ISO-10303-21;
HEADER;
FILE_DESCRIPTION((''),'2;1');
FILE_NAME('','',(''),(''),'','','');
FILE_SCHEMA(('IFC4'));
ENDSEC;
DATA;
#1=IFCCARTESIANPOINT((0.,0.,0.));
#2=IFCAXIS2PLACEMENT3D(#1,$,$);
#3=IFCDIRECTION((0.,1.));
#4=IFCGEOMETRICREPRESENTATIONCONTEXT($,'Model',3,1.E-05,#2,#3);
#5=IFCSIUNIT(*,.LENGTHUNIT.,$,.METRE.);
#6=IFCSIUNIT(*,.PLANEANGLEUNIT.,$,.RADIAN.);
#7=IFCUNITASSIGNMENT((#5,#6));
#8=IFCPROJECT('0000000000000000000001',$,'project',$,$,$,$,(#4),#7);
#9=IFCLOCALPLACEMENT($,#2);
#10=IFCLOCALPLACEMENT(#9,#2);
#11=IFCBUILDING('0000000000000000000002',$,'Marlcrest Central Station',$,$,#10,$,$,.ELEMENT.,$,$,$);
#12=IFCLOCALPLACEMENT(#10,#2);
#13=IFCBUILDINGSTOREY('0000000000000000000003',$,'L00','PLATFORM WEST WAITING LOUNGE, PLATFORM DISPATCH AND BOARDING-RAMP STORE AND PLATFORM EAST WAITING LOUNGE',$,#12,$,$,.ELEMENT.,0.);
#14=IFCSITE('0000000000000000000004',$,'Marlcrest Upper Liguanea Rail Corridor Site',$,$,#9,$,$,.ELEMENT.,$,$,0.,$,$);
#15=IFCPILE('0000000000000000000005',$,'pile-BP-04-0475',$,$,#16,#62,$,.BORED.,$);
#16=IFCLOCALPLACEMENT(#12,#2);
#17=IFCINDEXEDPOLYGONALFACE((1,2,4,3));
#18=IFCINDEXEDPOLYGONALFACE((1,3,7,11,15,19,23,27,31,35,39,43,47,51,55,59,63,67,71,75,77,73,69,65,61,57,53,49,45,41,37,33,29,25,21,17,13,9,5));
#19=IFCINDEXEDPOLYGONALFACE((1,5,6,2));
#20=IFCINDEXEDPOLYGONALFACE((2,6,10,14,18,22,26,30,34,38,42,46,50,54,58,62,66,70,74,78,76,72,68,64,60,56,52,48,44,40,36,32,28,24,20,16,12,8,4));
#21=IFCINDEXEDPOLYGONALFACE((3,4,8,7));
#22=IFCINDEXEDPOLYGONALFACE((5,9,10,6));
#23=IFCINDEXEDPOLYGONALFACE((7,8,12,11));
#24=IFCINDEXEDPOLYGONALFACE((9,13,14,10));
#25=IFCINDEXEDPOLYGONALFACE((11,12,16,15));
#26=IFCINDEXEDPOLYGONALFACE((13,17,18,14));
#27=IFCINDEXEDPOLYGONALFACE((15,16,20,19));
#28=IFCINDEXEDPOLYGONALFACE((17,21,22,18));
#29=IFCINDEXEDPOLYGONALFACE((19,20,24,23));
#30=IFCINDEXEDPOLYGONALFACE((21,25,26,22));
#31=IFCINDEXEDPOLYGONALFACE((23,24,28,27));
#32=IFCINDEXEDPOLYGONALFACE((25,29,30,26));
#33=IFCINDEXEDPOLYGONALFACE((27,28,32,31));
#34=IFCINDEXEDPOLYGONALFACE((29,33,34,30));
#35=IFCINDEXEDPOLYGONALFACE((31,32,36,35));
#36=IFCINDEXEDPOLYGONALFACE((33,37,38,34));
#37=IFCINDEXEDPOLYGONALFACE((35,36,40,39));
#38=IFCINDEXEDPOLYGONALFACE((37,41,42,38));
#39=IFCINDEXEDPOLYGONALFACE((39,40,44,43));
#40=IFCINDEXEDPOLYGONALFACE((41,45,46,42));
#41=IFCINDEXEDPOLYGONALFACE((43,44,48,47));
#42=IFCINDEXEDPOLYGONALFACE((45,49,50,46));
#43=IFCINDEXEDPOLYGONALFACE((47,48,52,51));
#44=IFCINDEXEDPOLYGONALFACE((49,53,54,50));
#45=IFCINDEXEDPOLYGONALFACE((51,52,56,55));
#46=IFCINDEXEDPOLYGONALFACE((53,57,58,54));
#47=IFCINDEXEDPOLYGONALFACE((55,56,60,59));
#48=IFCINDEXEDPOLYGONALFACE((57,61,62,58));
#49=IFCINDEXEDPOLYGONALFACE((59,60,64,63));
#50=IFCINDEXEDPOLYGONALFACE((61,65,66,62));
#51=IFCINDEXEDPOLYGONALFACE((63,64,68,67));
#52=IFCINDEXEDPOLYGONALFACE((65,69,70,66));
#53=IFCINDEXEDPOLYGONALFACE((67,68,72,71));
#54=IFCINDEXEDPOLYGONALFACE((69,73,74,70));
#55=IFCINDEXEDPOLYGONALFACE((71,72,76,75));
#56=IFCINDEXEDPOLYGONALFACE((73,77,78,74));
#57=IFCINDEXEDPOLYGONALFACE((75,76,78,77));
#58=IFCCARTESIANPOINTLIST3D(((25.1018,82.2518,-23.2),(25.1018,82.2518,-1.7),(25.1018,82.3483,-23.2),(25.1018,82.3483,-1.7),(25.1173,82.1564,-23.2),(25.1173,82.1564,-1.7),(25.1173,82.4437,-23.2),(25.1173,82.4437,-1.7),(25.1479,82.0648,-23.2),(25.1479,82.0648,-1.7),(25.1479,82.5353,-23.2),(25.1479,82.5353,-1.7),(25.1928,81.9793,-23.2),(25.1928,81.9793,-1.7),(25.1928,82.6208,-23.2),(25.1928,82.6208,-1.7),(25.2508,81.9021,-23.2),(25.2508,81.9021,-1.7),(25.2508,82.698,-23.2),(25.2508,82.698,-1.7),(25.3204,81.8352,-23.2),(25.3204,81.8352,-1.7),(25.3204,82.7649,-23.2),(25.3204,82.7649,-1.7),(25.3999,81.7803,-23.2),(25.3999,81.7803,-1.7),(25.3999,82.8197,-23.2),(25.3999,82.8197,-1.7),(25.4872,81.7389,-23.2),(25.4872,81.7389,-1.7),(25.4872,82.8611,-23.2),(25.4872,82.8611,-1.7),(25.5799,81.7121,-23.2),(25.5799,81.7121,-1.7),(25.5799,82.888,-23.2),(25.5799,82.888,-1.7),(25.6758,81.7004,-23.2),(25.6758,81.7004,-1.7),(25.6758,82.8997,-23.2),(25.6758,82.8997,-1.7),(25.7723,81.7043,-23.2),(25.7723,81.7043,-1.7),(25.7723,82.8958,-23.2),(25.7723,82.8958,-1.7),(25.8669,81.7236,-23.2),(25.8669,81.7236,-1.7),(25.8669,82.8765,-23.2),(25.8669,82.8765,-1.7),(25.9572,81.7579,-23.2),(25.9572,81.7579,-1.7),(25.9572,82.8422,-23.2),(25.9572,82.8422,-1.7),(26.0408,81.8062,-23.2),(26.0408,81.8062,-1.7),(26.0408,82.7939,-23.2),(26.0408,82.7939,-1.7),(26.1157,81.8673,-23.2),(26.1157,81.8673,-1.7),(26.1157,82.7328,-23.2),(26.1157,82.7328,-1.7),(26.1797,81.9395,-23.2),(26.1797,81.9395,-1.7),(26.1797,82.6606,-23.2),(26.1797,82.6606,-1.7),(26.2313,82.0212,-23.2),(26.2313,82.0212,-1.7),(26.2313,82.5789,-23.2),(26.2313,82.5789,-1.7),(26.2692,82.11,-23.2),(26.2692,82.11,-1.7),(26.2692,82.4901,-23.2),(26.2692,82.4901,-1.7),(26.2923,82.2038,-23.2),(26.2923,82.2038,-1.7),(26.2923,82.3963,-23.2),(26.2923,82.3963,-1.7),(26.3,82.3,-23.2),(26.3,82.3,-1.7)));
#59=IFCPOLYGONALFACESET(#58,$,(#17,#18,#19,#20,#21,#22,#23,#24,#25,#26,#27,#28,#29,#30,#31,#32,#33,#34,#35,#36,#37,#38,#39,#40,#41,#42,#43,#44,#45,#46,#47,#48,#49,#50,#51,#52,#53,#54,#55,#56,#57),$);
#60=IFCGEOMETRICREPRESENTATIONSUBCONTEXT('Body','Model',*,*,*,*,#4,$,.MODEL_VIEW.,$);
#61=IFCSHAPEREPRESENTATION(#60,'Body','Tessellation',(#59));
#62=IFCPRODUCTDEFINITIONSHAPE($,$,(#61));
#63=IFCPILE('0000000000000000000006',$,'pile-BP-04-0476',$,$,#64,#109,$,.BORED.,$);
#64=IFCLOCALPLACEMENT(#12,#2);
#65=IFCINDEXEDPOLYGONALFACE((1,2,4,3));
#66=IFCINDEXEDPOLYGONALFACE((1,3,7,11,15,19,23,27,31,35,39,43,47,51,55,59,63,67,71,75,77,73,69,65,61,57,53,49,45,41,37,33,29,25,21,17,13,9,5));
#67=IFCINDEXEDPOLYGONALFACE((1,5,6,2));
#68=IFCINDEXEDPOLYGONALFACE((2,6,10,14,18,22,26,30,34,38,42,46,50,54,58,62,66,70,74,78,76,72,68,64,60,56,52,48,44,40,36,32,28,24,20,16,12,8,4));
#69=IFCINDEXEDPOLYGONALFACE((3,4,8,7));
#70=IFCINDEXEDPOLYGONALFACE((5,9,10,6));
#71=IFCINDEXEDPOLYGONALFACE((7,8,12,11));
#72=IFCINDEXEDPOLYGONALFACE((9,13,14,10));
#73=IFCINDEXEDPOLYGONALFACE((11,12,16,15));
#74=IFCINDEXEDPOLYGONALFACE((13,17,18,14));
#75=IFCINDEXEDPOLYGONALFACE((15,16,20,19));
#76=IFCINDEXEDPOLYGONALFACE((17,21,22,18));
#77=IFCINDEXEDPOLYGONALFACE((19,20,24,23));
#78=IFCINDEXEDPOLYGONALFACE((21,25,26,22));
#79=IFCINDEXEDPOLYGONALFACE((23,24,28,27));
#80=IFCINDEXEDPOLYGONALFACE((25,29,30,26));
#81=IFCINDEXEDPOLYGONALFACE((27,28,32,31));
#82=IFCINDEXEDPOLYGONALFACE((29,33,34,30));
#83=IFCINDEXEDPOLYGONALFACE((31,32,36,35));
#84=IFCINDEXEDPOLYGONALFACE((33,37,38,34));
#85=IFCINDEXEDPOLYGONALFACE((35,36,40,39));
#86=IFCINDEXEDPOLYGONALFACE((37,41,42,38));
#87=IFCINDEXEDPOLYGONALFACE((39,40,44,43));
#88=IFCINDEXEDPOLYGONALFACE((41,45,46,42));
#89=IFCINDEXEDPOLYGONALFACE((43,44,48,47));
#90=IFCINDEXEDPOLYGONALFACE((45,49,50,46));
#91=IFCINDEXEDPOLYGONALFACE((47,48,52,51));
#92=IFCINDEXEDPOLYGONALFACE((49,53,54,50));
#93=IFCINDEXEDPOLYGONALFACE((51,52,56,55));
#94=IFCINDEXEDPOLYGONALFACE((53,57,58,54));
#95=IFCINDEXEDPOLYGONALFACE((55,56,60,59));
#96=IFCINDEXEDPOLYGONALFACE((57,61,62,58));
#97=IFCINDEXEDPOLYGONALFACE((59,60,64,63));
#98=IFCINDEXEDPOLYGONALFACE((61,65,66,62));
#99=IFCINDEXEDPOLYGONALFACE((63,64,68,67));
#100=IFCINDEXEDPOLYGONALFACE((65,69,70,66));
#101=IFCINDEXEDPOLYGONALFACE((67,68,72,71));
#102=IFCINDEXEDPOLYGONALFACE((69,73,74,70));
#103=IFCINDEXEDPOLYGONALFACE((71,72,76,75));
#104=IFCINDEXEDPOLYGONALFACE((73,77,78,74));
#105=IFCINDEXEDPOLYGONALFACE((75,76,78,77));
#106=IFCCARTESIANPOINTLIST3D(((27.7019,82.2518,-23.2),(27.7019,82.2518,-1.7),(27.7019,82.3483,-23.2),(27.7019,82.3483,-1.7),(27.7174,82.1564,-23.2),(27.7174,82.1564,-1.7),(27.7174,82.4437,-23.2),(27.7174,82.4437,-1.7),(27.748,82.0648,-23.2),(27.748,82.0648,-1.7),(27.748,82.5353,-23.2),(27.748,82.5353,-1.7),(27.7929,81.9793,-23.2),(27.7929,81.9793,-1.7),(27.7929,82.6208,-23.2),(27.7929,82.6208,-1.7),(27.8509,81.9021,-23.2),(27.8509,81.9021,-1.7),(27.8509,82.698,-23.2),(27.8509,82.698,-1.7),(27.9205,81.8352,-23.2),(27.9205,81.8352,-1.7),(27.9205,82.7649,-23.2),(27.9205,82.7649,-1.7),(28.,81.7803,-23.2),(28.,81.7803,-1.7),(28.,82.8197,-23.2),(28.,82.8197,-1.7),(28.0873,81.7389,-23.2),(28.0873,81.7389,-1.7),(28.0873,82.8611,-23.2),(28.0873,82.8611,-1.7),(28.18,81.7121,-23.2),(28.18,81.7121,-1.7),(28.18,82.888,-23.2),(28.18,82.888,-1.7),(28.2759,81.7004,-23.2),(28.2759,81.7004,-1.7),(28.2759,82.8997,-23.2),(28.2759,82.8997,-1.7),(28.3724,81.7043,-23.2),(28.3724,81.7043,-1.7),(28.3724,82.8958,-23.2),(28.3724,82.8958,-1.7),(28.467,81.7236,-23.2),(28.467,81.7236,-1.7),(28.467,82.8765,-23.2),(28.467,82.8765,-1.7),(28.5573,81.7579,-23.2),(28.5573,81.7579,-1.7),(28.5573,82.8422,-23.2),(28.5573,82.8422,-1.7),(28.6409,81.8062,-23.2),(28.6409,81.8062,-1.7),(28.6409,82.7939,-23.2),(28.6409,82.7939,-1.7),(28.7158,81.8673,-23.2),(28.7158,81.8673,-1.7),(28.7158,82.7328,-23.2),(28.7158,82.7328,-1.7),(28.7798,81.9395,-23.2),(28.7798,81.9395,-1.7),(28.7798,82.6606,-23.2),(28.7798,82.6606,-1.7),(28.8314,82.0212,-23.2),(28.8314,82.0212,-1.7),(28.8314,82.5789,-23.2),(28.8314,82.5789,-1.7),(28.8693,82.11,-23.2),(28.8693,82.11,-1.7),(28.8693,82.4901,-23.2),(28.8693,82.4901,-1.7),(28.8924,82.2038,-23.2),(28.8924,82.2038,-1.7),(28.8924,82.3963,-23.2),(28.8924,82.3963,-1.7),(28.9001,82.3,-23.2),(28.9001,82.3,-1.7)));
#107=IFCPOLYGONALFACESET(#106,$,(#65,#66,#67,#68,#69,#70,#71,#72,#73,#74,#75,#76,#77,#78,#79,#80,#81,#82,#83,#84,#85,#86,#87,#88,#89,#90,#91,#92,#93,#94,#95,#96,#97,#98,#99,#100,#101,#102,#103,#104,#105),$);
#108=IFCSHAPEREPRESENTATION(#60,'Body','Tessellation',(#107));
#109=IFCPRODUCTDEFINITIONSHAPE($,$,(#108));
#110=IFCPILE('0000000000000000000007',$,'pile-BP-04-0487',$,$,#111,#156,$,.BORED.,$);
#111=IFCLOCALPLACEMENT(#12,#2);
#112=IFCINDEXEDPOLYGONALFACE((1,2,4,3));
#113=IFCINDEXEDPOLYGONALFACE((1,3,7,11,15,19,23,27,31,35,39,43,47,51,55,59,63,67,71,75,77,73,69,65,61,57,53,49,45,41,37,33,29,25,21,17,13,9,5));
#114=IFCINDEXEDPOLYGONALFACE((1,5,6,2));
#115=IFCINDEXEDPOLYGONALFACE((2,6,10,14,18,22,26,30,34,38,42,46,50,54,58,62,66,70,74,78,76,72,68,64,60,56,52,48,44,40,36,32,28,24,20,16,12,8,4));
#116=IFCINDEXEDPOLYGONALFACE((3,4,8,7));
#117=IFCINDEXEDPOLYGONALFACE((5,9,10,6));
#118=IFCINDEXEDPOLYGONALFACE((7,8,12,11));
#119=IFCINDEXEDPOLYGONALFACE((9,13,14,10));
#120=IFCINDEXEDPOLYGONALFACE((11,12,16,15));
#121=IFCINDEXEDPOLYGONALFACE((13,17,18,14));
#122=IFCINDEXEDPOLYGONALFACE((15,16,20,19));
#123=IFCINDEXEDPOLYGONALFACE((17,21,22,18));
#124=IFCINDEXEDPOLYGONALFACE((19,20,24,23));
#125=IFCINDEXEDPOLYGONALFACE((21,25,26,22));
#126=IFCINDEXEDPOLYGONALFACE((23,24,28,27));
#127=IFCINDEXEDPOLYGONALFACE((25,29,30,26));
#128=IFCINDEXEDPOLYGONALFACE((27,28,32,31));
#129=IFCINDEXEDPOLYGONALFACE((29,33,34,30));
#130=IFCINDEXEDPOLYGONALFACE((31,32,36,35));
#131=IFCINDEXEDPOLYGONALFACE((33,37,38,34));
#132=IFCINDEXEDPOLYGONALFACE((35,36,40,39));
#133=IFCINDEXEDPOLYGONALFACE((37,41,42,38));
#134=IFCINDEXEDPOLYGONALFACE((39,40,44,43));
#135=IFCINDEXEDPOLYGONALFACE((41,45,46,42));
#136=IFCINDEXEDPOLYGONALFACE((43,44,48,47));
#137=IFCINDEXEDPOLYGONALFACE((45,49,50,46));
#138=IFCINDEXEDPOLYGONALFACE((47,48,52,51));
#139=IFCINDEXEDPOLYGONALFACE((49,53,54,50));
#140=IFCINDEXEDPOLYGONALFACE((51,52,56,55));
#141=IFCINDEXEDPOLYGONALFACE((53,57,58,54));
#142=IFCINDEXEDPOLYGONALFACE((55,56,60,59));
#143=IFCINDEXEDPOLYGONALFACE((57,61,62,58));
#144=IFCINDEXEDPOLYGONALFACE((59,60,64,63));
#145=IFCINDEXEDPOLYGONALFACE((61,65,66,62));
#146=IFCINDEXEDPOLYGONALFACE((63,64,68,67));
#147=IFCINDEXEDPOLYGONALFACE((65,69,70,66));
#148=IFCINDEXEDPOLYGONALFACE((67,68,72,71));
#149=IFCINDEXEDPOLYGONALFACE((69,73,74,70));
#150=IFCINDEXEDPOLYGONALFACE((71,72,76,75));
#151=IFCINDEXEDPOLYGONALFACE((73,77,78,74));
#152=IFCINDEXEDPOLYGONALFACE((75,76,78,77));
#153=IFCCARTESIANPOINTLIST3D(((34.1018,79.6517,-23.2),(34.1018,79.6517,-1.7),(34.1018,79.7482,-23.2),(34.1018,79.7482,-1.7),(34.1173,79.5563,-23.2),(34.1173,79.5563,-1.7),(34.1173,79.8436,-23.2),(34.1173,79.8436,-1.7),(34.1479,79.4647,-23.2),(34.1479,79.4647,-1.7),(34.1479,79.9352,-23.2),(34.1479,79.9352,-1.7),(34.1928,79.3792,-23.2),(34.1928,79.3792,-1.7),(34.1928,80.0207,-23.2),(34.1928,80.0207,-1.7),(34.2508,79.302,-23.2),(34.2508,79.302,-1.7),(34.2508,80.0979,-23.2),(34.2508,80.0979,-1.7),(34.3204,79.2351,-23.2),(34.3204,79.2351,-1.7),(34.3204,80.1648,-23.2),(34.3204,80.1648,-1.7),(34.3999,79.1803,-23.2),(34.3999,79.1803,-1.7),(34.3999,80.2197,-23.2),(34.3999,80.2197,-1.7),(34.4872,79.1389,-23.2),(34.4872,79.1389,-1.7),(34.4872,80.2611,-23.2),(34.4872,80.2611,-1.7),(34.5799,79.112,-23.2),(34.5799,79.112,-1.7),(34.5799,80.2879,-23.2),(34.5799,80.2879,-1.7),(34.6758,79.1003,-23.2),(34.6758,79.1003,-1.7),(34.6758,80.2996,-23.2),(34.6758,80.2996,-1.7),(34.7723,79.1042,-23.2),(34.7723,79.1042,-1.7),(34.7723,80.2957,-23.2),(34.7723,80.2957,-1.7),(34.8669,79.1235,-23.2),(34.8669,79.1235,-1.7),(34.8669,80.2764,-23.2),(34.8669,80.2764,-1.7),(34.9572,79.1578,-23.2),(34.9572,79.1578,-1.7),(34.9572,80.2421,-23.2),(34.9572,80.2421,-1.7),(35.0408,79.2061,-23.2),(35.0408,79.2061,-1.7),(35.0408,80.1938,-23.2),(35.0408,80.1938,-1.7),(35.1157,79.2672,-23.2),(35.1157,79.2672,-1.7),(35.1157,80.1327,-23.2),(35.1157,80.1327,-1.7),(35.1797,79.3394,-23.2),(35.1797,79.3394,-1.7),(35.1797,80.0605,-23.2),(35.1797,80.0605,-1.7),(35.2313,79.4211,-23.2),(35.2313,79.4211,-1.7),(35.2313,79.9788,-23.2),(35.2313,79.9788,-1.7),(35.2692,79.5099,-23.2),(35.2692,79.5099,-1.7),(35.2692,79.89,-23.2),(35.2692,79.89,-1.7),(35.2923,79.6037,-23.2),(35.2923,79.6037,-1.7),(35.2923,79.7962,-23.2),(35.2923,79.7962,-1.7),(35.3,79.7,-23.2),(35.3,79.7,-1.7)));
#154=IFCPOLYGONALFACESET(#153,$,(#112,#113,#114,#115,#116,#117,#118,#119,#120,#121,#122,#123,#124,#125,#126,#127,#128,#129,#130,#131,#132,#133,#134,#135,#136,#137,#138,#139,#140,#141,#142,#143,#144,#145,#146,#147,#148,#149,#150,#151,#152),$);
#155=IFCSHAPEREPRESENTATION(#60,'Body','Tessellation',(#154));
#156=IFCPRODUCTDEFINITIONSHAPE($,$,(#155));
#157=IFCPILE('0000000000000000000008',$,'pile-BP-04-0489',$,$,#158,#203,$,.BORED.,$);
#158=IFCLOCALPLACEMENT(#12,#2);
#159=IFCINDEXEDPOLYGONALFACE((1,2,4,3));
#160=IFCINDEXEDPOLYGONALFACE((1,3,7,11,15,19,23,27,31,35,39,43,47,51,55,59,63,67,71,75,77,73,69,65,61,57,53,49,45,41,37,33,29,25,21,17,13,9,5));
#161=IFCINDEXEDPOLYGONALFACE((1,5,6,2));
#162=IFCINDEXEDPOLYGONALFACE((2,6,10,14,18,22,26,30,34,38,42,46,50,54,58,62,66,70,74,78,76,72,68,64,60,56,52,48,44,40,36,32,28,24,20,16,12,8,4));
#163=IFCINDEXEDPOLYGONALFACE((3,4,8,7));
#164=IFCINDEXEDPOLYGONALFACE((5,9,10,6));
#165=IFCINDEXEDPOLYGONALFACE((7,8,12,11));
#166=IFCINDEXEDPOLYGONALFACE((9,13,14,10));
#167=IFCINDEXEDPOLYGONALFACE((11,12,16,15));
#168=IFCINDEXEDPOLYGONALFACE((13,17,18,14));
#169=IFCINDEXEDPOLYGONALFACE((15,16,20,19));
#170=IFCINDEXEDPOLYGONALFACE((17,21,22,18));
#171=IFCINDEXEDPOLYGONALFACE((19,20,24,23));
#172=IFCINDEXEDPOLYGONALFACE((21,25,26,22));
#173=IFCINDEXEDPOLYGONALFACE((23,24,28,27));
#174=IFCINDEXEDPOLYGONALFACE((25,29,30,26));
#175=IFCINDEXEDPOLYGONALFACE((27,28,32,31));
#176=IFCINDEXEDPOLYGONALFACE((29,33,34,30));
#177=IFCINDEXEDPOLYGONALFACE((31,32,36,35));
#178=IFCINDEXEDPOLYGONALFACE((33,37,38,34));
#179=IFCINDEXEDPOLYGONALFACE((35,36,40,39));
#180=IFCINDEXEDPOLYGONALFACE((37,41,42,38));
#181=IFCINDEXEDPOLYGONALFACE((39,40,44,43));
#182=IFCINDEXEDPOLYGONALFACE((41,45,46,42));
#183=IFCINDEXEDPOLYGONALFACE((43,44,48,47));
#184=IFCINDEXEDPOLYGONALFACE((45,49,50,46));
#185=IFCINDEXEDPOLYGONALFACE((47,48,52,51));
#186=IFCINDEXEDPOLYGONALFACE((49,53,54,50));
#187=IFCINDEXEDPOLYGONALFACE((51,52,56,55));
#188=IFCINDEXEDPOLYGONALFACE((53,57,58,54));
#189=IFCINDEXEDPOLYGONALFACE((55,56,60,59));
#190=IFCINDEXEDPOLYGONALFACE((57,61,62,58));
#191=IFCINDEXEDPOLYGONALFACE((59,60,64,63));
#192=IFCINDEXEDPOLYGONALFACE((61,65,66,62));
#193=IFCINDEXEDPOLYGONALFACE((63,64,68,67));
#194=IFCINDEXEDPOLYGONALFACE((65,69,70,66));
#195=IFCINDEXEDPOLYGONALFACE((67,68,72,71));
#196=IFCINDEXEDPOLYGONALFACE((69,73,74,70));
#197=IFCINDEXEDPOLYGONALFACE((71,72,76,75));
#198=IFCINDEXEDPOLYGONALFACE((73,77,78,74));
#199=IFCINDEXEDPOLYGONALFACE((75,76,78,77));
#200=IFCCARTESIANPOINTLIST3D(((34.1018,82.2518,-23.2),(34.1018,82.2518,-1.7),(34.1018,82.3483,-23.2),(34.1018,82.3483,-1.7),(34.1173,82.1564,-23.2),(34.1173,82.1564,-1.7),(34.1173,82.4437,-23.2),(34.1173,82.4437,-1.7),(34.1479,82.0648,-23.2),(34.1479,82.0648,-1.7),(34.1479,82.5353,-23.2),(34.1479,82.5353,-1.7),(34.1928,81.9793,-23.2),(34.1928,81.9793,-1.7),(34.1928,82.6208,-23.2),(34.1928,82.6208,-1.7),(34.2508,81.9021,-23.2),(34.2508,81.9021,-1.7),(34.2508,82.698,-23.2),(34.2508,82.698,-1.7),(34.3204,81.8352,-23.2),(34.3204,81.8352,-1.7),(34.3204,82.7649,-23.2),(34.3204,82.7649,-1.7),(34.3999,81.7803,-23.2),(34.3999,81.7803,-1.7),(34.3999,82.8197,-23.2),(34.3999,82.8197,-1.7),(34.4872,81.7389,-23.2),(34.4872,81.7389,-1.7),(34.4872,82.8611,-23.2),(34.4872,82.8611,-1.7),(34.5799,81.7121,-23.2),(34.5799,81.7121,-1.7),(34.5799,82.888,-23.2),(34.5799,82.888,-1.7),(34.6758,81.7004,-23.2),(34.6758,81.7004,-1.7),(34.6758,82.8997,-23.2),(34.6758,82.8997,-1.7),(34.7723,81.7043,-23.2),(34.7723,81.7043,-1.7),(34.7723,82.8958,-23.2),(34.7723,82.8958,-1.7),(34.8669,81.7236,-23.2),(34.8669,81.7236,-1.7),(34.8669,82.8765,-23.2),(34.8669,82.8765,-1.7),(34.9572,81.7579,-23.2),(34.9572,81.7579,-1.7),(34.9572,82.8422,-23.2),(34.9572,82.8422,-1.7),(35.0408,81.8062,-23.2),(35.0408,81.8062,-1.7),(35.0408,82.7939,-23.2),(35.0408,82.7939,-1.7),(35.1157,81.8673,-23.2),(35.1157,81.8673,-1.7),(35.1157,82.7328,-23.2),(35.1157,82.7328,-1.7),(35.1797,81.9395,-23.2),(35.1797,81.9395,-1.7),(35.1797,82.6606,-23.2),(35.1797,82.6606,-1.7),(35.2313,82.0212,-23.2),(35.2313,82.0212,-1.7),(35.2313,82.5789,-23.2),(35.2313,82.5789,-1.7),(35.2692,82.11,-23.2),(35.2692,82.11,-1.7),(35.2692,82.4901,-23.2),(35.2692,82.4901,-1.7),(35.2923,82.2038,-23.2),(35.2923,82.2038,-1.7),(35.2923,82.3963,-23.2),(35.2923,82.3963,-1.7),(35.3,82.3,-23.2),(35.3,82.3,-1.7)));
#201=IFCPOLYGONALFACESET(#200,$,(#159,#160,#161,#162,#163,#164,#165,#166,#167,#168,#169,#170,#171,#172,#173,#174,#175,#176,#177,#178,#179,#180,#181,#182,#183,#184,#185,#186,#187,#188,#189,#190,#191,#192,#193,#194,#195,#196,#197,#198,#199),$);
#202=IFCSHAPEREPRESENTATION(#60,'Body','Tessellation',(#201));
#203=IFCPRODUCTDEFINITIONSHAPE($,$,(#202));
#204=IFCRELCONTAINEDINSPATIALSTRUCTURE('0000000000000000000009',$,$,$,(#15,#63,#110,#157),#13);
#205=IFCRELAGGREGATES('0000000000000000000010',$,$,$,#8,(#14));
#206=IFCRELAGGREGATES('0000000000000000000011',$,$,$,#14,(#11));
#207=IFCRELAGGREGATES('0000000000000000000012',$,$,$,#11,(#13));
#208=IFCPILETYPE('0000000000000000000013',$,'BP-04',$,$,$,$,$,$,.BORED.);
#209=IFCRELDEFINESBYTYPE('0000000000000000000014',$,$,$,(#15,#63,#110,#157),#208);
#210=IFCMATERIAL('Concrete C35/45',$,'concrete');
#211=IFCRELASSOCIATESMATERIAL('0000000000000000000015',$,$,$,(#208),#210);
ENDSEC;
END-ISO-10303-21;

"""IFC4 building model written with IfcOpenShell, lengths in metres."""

from ifc_helpers import new_model, si_unit, direction, frame, origin, origin_2d, place, context, subcontext, project, spatial, circle, extrude, material, material_profile, profile_set, type_object, element, save


model = new_model("IFC4")

# Units and contexts
model_context = context("Model", 3, precision=1e-05, world=origin(), true_north=direction((0.0, 1.0)))
body_context = subcontext(model_context, "Body", "Model", "MODEL_VIEW")
ifc_project = project(units=[si_unit("LENGTHUNIT", "METRE"), si_unit("PLANEANGLEUNIT", "RADIAN")], contexts=[model_context])

# Site, building, storey
site_placement = place(None, origin())
site = spatial("IfcSite", under=ifc_project, at=site_placement, Name="Marlcrest Upper Liguanea Rail Corridor Site", CompositionType="ELEMENT", RefElevation=0.0)
building_placement = place(site_placement, origin())
building = spatial("IfcBuilding", under=site, at=building_placement, Name="Marlcrest Central Station", CompositionType="ELEMENT")
storey_placement = place(building_placement, origin())
storey = spatial("IfcBuildingStorey", under=building, at=storey_placement, Name="L00", Description="PLATFORM WEST WAITING LOUNGE, PLATFORM DISPATCH AND BOARDING-RAMP STORE AND PLATFORM EAST WAITING LOUNGE", CompositionType="ELEMENT", Elevation=0.0)

# Piles
ifc_material_1 = material(Name="Concrete C35/45", Category="concrete")
ifc_material_profile_1 = material_profile(ifc_material_1, circle(Radius=0.6001, at=origin_2d()), Name="PILE D1200")
ifc_profile_set_1 = profile_set([ifc_material_profile_1], Name="Concrete C35/45")
pile_type_1 = type_object("IfcPileType", Name="BP-04", PredefinedType="BORED", material=ifc_profile_set_1)
for number, where, z_axis, x_axis, name in (
    (1, (25.7, 82.3, -1.7), (0.0, 0.0, -1.0), (1.0, 0.0, 0.0), "pile-BP-04-0475"),
    (2, (28.3, 82.3, -1.7), (0.0, 0.0, -1.0), (1.0, 0.0, 0.0), "pile-BP-04-0476"),
    (3, (34.7, 79.7, -1.7), (0.0, 0.0, -1.0), (1.0, 0.0, 0.0), "pile-BP-04-0487"),
    (4, (34.7, 82.3, -1.7), (0.0, 0.0, -1.0), (1.0, 0.0, 0.0), "pile-BP-04-0489"),
):
    element("IfcPile", number, at=place(storey_placement, frame(where, z_axis=z_axis, x_axis=x_axis)), inside=storey, type_object=pile_type_1, Name=name, PredefinedType="BORED", context=body_context, shape_type="SweptSolid", body=[
        extrude(circle(Radius=0.6001, at=origin_2d()), origin(), (0.0, 0.0, 1.0), 21.5),
    ])

save(model, "model.ifc")
